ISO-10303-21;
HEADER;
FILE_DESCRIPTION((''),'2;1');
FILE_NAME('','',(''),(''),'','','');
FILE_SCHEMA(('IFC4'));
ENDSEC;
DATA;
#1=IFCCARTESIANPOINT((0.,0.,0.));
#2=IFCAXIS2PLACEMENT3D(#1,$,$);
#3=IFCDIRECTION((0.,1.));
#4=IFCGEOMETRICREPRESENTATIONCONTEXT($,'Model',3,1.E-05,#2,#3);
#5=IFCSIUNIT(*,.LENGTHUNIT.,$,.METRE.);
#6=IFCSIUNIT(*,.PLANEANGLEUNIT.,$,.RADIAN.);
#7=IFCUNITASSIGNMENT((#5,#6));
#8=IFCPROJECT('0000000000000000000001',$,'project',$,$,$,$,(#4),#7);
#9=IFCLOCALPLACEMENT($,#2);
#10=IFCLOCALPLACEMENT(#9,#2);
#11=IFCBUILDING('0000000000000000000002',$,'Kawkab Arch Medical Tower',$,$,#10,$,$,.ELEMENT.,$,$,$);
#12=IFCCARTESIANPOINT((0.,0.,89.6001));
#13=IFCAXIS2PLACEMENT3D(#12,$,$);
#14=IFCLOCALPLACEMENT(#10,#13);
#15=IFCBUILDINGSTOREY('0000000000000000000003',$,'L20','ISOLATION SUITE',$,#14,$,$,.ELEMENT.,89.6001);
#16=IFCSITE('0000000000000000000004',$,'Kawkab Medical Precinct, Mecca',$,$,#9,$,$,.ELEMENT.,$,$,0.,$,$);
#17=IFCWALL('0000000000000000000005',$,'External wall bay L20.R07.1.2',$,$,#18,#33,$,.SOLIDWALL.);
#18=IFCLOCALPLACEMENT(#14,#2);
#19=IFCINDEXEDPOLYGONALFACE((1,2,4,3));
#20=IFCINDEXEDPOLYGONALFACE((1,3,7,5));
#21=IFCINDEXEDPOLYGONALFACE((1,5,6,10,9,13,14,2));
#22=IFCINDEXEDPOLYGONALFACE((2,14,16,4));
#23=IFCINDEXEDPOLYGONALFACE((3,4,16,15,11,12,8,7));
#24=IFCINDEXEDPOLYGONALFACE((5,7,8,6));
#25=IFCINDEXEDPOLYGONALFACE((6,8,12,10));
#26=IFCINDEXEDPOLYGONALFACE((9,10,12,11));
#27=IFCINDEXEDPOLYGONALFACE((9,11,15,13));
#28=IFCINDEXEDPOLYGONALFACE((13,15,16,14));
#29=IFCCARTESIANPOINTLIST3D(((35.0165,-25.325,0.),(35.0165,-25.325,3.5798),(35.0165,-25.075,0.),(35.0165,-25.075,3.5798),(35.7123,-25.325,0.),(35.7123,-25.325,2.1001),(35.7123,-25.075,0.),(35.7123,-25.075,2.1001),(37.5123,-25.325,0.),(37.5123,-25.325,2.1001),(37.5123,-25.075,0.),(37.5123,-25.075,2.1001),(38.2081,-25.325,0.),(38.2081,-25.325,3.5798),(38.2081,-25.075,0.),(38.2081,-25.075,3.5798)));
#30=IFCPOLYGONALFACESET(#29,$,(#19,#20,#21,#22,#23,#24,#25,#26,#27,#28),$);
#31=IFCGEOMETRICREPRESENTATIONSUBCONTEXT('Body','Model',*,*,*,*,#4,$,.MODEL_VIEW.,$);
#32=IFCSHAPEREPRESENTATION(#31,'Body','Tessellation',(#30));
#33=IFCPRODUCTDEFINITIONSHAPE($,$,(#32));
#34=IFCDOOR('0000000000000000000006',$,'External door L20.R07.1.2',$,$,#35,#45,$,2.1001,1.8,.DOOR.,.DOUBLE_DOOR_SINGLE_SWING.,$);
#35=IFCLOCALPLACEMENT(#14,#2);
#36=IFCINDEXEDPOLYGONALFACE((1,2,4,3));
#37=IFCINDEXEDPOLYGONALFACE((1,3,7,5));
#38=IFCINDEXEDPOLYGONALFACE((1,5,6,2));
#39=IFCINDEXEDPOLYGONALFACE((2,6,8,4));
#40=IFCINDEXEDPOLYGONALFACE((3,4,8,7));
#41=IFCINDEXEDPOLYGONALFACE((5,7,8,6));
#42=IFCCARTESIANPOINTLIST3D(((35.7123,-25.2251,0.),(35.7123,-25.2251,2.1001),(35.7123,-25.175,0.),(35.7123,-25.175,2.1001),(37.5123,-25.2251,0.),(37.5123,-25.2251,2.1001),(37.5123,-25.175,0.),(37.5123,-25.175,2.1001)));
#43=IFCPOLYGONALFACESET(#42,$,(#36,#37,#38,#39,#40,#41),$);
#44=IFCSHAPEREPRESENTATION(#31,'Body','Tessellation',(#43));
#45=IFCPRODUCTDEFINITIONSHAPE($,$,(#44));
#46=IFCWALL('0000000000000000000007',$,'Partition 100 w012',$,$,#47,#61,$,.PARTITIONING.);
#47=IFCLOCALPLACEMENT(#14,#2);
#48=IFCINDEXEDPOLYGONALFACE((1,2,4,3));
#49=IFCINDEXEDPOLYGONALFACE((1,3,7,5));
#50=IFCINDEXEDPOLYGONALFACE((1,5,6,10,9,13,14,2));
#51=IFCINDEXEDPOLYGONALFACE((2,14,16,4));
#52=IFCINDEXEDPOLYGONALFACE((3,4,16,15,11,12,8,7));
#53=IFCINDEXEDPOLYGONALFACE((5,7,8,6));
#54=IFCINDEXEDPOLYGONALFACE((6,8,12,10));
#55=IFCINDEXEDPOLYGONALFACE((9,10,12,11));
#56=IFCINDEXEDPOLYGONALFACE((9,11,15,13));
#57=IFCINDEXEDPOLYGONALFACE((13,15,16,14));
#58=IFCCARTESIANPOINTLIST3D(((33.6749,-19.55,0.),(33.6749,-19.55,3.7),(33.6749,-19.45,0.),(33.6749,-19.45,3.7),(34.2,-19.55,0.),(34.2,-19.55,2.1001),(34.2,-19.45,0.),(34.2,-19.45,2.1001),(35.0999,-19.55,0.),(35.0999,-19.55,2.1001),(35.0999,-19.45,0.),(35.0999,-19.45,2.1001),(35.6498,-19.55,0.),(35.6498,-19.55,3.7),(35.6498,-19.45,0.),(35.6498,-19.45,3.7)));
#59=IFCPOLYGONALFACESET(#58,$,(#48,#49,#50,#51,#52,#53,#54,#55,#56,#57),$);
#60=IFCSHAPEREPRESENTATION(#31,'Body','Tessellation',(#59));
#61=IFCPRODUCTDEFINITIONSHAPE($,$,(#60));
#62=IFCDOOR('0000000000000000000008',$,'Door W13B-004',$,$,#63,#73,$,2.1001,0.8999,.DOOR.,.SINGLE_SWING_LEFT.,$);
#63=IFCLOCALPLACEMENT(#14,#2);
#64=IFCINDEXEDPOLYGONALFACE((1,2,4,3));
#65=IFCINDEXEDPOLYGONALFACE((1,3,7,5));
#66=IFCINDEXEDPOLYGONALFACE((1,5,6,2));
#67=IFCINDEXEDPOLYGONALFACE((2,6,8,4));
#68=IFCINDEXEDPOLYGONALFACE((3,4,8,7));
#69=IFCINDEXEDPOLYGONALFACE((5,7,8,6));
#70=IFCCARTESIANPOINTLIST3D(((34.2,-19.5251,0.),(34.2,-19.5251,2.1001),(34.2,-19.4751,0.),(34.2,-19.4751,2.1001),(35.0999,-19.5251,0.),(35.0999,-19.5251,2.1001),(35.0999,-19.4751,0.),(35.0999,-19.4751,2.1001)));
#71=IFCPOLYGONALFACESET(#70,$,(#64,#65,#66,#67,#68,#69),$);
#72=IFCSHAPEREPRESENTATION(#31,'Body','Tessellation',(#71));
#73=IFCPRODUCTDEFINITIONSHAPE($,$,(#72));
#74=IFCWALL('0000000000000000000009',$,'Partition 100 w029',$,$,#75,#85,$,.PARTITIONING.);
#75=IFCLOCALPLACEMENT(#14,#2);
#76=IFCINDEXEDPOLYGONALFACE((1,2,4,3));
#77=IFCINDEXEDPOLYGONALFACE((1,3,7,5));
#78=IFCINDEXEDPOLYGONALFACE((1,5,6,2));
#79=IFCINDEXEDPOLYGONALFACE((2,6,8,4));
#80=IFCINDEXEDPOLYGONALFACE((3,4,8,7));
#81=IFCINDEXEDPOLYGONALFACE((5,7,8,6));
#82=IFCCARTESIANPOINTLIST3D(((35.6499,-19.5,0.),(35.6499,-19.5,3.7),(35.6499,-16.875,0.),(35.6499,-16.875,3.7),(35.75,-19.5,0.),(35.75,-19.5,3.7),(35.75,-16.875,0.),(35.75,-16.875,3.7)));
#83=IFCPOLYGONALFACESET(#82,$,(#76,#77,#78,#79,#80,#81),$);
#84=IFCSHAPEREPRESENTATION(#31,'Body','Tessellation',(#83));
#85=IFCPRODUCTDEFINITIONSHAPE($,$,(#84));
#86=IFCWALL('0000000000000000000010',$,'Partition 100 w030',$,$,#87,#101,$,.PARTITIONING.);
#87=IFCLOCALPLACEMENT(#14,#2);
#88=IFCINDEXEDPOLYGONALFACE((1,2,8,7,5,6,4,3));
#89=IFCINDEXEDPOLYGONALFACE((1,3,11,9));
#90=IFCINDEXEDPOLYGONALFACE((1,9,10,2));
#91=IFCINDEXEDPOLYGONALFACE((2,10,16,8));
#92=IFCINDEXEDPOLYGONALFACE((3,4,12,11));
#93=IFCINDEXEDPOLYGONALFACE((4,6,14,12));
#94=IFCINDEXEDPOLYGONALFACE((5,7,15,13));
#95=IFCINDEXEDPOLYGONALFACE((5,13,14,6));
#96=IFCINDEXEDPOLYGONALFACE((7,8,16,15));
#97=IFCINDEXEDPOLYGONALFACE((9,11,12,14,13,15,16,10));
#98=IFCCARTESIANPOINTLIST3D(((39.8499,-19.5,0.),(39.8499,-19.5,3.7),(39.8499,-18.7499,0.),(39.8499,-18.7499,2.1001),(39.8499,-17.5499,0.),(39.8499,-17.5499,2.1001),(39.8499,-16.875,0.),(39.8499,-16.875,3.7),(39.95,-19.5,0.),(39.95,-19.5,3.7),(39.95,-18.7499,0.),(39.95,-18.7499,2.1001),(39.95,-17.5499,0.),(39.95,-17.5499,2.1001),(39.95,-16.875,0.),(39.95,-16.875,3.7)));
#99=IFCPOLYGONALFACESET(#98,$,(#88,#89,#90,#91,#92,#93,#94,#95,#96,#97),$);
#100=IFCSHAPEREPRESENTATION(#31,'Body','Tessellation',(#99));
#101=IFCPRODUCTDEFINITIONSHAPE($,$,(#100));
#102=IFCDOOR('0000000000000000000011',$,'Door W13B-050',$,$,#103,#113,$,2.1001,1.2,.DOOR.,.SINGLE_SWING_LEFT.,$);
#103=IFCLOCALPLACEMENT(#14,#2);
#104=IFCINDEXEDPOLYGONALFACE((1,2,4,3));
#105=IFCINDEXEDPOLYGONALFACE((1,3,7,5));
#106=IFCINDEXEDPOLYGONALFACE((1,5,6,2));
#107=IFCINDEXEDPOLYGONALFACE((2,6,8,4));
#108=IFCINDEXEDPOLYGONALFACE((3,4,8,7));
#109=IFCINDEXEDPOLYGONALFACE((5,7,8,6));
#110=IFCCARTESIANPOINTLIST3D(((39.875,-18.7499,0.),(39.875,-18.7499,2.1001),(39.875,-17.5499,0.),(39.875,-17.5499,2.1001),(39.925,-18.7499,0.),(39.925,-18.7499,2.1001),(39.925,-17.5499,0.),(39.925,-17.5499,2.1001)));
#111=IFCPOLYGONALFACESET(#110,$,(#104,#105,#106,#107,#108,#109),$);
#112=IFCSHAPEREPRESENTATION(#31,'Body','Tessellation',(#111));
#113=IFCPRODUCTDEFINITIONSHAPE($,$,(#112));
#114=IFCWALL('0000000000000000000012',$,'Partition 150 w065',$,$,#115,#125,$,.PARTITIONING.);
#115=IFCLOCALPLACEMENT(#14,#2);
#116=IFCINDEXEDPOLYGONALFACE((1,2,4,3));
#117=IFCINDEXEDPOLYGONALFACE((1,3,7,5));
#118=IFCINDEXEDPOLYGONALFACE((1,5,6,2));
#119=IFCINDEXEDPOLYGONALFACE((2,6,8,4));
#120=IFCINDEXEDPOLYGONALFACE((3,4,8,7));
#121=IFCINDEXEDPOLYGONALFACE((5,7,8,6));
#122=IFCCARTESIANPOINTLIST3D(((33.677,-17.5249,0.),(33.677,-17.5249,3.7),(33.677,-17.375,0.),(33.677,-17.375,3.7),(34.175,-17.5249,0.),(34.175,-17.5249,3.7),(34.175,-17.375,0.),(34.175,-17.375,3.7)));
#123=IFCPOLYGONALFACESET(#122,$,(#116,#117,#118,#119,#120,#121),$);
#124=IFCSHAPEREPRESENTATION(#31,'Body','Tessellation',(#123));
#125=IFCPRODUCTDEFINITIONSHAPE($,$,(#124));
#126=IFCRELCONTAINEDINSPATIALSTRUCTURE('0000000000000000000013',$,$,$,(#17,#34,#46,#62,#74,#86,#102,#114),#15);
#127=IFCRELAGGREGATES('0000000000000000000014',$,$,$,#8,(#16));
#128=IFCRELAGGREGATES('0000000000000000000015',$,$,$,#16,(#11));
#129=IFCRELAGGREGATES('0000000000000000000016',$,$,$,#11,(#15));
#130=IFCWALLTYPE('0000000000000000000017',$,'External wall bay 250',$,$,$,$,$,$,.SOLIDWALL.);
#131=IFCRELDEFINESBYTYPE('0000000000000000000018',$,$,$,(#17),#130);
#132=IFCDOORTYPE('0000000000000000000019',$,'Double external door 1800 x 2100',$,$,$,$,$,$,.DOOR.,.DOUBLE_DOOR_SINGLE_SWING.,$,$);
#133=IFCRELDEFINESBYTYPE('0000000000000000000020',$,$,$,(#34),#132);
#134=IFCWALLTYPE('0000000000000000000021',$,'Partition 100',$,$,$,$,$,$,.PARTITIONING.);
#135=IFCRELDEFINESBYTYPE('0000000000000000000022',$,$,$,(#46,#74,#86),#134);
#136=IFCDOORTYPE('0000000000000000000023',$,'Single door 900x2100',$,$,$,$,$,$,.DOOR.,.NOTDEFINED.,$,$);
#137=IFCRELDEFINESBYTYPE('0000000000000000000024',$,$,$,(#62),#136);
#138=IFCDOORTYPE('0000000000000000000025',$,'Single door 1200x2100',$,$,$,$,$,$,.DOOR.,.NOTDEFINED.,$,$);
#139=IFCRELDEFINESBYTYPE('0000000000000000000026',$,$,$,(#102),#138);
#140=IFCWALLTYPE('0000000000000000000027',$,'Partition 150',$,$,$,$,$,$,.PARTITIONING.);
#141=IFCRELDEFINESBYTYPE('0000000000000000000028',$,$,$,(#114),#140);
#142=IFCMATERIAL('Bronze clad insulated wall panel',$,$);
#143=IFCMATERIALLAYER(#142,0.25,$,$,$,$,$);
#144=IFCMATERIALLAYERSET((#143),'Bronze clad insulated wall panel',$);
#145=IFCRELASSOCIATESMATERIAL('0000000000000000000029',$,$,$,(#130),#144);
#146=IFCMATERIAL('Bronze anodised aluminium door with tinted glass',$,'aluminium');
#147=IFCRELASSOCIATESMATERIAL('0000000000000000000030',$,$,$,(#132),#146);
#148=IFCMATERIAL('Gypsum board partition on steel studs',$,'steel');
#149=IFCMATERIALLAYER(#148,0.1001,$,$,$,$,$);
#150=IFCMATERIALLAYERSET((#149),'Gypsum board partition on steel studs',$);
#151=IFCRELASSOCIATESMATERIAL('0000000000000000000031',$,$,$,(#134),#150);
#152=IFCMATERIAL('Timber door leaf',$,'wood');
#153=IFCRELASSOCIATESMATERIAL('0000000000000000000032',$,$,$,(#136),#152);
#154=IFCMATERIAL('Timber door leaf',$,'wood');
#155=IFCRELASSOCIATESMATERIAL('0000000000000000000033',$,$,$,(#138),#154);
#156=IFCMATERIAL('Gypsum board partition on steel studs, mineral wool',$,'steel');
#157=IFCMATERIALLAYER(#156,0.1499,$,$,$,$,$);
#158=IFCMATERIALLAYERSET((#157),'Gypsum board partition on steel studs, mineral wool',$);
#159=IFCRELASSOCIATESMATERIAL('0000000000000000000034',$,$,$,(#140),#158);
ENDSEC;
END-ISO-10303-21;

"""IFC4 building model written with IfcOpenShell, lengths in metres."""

from ifc_helpers import new_model, si_unit, direction, frame, frame_2d, origin, place, context, subcontext, project, spatial, rectangle, extrude, material, layer, layer_set, type_object, element, fill, save


model = new_model("IFC4")

# Units and contexts
model_context = context("Model", 3, precision=1e-05, world=origin(), true_north=direction((0.0, 1.0)))
body_context = subcontext(model_context, "Body", "Model", "MODEL_VIEW")
ifc_project = project(units=[si_unit("LENGTHUNIT", "METRE"), si_unit("PLANEANGLEUNIT", "RADIAN")], contexts=[model_context])

# Site, building, storey
site_placement = place(None, origin())
site = spatial("IfcSite", under=ifc_project, at=site_placement, Name="Kawkab Medical Precinct, Mecca", CompositionType="ELEMENT", RefElevation=0.0)
building_placement = place(site_placement, origin())
building = spatial("IfcBuilding", under=site, at=building_placement, Name="Kawkab Arch Medical Tower", CompositionType="ELEMENT")
storey_placement = place(building_placement, frame((0.0, 0.0, 89.6001)))
storey = spatial("IfcBuildingStorey", under=building, at=storey_placement, Name="L20", Description="ISOLATION SUITE", CompositionType="ELEMENT", Elevation=89.6001)

# Walls, openings, doors
ifc_material_1 = material(Name="Bronze clad insulated wall panel")
ifc_layer_1 = layer(ifc_material_1, 0.25)
ifc_layer_set_1 = layer_set([ifc_layer_1], Name="Bronze clad insulated wall panel")
wall_type_1 = type_object("IfcWallType", Name="External wall bay 250", PredefinedType="SOLIDWALL", material=ifc_layer_set_1)
wall_1_placement = place(storey_placement, frame((35.0166, -25.2, 0.0), z_axis=(0.0, 0.0, 1.0), x_axis=(1.0, 0.0, 0.0)))
wall_1 = element("IfcWall", 1, at=wall_1_placement, inside=storey, type_object=wall_type_1, Name="External wall bay L20.R07.1.2", PredefinedType="SOLIDWALL", context=body_context, shape_type="SweptSolid", body=[
    extrude(rectangle(XDim=3.1917, YDim=0.25, at=frame_2d((1.5957, 0.0))), origin(), (0.0, 0.0, 1.0), 3.5798),
])
opening_1_placement = place(wall_1_placement, frame((0.6958, 0.0, 0.0)))
opening_1 = element("IfcOpeningElement", 2, at=opening_1_placement, cuts=wall_1, PredefinedType="OPENING", context=body_context, shape_type="SweptSolid", body=[
    extrude(rectangle(XDim=1.8, YDim=2.1001, at=frame_2d((0.8999, 1.05))), frame((0.0, 0.135, 0.0), z_axis=(0.0, -1.0, 0.0), x_axis=(1.0, 0.0, 0.0)), (0.0, 0.0, 1.0), 0.27),
])
ifc_material_2 = material(Name="Bronze anodised aluminium door with tinted glass", Category="aluminium")
door_type_1 = type_object("IfcDoorType", Name="Double external door 1800 x 2100", OperationType="DOUBLE_DOOR_SINGLE_SWING", PredefinedType="DOOR", material=ifc_material_2)
door_1_placement = place(opening_1_placement, origin())
door_1 = element("IfcDoor", 3, at=door_1_placement, inside=storey, type_object=door_type_1, Name="External door L20.R07.1.2", OperationType="DOUBLE_DOOR_SINGLE_SWING", OverallHeight=2.1001, OverallWidth=1.8, PredefinedType="DOOR", context=body_context, shape_type="SweptSolid", body=[
    extrude(rectangle(XDim=1.8, YDim=2.1001, at=frame_2d((0.8999, 1.05))), frame((0.0, 0.0249, 0.0), z_axis=(0.0, -1.0, 0.0), x_axis=(1.0, 0.0, 0.0)), (0.0, 0.0, 1.0), 0.05),
])
fill(opening_1, door_1)
ifc_material_3 = material(Name="Gypsum board partition on steel studs", Category="steel")
ifc_layer_2 = layer(ifc_material_3, 0.1001)
ifc_layer_set_2 = layer_set([ifc_layer_2], Name="Gypsum board partition on steel studs")
wall_type_2 = type_object("IfcWallType", Name="Partition 100", PredefinedType="PARTITIONING", material=ifc_layer_set_2)
wall_2_placement = place(storey_placement, frame((33.675, -19.5, 0.0), z_axis=(0.0, 0.0, 1.0), x_axis=(1.0, 0.0, 0.0)))
wall_2 = element("IfcWall", 4, at=wall_2_placement, inside=storey, type_object=wall_type_2, Name="Partition 100 w012", PredefinedType="PARTITIONING", context=body_context, shape_type="SweptSolid", body=[
    extrude(rectangle(XDim=1.9749, YDim=0.1001, at=frame_2d((0.9873, 0.0))), origin(), (0.0, 0.0, 1.0), 3.7),
])
opening_2_placement = place(wall_2_placement, frame((0.5249, 0.0, 0.0)))
opening_2 = element("IfcOpeningElement", 5, at=opening_2_placement, cuts=wall_2, PredefinedType="OPENING", context=body_context, shape_type="SweptSolid", body=[
    extrude(rectangle(XDim=0.8999, YDim=2.1001, at=frame_2d((0.45, 1.05))), frame((0.0, 0.0601, 0.0), z_axis=(0.0, -1.0, 0.0), x_axis=(1.0, 0.0, 0.0)), (0.0, 0.0, 1.0), 0.1201),
])
ifc_material_4 = material(Name="Timber door leaf", Category="wood")
door_type_2 = type_object("IfcDoorType", Name="Single door 900x2100", OperationType="NOTDEFINED", PredefinedType="DOOR", material=ifc_material_4)
door_2_placement = place(opening_2_placement, origin())
door_2 = element("IfcDoor", 6, at=door_2_placement, inside=storey, type_object=door_type_2, Name="Door W13B-004", OperationType="SINGLE_SWING_LEFT", OverallHeight=2.1001, OverallWidth=0.8999, PredefinedType="DOOR", context=body_context, shape_type="SweptSolid", body=[
    extrude(rectangle(XDim=0.8999, YDim=2.1001, at=frame_2d((0.45, 1.05))), frame((0.0, 0.0249, 0.0), z_axis=(0.0, -1.0, 0.0), x_axis=(1.0, 0.0, 0.0)), (0.0, 0.0, 1.0), 0.05),
])
fill(opening_2, door_2)

# Wall
wall_3_placement = place(storey_placement, frame((35.7, -19.5, 0.0), z_axis=(0.0, 0.0, 1.0), x_axis=(0.0, 1.0, 0.0)))
element("IfcWall", 7, at=wall_3_placement, inside=storey, type_object=wall_type_2, Name="Partition 100 w029", PredefinedType="PARTITIONING", context=body_context, shape_type="SweptSolid", body=[
    extrude(rectangle(XDim=2.625, YDim=0.1001, at=frame_2d((1.3125, 0.0))), origin(), (0.0, 0.0, 1.0), 3.7),
])

# Wall, opening, door
wall_4_placement = place(storey_placement, frame((39.8999, -19.5, 0.0), z_axis=(0.0, 0.0, 1.0), x_axis=(0.0, 1.0, 0.0)))
wall_4 = element("IfcWall", 8, at=wall_4_placement, inside=storey, type_object=wall_type_2, Name="Partition 100 w030", PredefinedType="PARTITIONING", context=body_context, shape_type="SweptSolid", body=[
    extrude(rectangle(XDim=2.625, YDim=0.1001, at=frame_2d((1.3125, 0.0))), origin(), (0.0, 0.0, 1.0), 3.7),
])
opening_3_placement = place(wall_4_placement, frame((0.75, 0.0, 0.0)))
opening_3 = element("IfcOpeningElement", 9, at=opening_3_placement, cuts=wall_4, PredefinedType="OPENING", context=body_context, shape_type="SweptSolid", body=[
    extrude(rectangle(XDim=1.2, YDim=2.1001, at=frame_2d((0.6001, 1.05))), frame((0.0, 0.0601, 0.0), z_axis=(0.0, -1.0, 0.0), x_axis=(1.0, 0.0, 0.0)), (0.0, 0.0, 1.0), 0.1201),
])
ifc_material_5 = material(Name="Timber door leaf", Category="wood")
door_type_3 = type_object("IfcDoorType", Name="Single door 1200x2100", OperationType="NOTDEFINED", PredefinedType="DOOR", material=ifc_material_5)
door_3_placement = place(opening_3_placement, origin())
door_3 = element("IfcDoor", 10, at=door_3_placement, inside=storey, type_object=door_type_3, Name="Door W13B-050", OperationType="SINGLE_SWING_LEFT", OverallHeight=2.1001, OverallWidth=1.2, PredefinedType="DOOR", context=body_context, shape_type="SweptSolid", body=[
    extrude(rectangle(XDim=1.2, YDim=2.1001, at=frame_2d((0.6001, 1.05))), frame((0.0, 0.0249, 0.0), z_axis=(0.0, -1.0, 0.0), x_axis=(1.0, 0.0, 0.0)), (0.0, 0.0, 1.0), 0.05),
])
fill(opening_3, door_3)

# Wall
ifc_material_6 = material(Name="Gypsum board partition on steel studs, mineral wool", Category="steel")
ifc_layer_3 = layer(ifc_material_6, 0.1499)
ifc_layer_set_3 = layer_set([ifc_layer_3], Name="Gypsum board partition on steel studs, mineral wool")
wall_type_3 = type_object("IfcWallType", Name="Partition 150", PredefinedType="PARTITIONING", material=ifc_layer_set_3)
wall_5_placement = place(storey_placement, frame((33.677, -17.45, 0.0), z_axis=(0.0, 0.0, 1.0), x_axis=(1.0, 0.0, 0.0)))
element("IfcWall", 11, at=wall_5_placement, inside=storey, type_object=wall_type_3, Name="Partition 150 w065", PredefinedType="PARTITIONING", context=body_context, shape_type="SweptSolid", body=[
    extrude(rectangle(XDim=0.498, YDim=0.1499, at=frame_2d((0.249, 0.0))), origin(), (0.0, 0.0, 1.0), 3.7),
])

save(model, "model.ifc")
